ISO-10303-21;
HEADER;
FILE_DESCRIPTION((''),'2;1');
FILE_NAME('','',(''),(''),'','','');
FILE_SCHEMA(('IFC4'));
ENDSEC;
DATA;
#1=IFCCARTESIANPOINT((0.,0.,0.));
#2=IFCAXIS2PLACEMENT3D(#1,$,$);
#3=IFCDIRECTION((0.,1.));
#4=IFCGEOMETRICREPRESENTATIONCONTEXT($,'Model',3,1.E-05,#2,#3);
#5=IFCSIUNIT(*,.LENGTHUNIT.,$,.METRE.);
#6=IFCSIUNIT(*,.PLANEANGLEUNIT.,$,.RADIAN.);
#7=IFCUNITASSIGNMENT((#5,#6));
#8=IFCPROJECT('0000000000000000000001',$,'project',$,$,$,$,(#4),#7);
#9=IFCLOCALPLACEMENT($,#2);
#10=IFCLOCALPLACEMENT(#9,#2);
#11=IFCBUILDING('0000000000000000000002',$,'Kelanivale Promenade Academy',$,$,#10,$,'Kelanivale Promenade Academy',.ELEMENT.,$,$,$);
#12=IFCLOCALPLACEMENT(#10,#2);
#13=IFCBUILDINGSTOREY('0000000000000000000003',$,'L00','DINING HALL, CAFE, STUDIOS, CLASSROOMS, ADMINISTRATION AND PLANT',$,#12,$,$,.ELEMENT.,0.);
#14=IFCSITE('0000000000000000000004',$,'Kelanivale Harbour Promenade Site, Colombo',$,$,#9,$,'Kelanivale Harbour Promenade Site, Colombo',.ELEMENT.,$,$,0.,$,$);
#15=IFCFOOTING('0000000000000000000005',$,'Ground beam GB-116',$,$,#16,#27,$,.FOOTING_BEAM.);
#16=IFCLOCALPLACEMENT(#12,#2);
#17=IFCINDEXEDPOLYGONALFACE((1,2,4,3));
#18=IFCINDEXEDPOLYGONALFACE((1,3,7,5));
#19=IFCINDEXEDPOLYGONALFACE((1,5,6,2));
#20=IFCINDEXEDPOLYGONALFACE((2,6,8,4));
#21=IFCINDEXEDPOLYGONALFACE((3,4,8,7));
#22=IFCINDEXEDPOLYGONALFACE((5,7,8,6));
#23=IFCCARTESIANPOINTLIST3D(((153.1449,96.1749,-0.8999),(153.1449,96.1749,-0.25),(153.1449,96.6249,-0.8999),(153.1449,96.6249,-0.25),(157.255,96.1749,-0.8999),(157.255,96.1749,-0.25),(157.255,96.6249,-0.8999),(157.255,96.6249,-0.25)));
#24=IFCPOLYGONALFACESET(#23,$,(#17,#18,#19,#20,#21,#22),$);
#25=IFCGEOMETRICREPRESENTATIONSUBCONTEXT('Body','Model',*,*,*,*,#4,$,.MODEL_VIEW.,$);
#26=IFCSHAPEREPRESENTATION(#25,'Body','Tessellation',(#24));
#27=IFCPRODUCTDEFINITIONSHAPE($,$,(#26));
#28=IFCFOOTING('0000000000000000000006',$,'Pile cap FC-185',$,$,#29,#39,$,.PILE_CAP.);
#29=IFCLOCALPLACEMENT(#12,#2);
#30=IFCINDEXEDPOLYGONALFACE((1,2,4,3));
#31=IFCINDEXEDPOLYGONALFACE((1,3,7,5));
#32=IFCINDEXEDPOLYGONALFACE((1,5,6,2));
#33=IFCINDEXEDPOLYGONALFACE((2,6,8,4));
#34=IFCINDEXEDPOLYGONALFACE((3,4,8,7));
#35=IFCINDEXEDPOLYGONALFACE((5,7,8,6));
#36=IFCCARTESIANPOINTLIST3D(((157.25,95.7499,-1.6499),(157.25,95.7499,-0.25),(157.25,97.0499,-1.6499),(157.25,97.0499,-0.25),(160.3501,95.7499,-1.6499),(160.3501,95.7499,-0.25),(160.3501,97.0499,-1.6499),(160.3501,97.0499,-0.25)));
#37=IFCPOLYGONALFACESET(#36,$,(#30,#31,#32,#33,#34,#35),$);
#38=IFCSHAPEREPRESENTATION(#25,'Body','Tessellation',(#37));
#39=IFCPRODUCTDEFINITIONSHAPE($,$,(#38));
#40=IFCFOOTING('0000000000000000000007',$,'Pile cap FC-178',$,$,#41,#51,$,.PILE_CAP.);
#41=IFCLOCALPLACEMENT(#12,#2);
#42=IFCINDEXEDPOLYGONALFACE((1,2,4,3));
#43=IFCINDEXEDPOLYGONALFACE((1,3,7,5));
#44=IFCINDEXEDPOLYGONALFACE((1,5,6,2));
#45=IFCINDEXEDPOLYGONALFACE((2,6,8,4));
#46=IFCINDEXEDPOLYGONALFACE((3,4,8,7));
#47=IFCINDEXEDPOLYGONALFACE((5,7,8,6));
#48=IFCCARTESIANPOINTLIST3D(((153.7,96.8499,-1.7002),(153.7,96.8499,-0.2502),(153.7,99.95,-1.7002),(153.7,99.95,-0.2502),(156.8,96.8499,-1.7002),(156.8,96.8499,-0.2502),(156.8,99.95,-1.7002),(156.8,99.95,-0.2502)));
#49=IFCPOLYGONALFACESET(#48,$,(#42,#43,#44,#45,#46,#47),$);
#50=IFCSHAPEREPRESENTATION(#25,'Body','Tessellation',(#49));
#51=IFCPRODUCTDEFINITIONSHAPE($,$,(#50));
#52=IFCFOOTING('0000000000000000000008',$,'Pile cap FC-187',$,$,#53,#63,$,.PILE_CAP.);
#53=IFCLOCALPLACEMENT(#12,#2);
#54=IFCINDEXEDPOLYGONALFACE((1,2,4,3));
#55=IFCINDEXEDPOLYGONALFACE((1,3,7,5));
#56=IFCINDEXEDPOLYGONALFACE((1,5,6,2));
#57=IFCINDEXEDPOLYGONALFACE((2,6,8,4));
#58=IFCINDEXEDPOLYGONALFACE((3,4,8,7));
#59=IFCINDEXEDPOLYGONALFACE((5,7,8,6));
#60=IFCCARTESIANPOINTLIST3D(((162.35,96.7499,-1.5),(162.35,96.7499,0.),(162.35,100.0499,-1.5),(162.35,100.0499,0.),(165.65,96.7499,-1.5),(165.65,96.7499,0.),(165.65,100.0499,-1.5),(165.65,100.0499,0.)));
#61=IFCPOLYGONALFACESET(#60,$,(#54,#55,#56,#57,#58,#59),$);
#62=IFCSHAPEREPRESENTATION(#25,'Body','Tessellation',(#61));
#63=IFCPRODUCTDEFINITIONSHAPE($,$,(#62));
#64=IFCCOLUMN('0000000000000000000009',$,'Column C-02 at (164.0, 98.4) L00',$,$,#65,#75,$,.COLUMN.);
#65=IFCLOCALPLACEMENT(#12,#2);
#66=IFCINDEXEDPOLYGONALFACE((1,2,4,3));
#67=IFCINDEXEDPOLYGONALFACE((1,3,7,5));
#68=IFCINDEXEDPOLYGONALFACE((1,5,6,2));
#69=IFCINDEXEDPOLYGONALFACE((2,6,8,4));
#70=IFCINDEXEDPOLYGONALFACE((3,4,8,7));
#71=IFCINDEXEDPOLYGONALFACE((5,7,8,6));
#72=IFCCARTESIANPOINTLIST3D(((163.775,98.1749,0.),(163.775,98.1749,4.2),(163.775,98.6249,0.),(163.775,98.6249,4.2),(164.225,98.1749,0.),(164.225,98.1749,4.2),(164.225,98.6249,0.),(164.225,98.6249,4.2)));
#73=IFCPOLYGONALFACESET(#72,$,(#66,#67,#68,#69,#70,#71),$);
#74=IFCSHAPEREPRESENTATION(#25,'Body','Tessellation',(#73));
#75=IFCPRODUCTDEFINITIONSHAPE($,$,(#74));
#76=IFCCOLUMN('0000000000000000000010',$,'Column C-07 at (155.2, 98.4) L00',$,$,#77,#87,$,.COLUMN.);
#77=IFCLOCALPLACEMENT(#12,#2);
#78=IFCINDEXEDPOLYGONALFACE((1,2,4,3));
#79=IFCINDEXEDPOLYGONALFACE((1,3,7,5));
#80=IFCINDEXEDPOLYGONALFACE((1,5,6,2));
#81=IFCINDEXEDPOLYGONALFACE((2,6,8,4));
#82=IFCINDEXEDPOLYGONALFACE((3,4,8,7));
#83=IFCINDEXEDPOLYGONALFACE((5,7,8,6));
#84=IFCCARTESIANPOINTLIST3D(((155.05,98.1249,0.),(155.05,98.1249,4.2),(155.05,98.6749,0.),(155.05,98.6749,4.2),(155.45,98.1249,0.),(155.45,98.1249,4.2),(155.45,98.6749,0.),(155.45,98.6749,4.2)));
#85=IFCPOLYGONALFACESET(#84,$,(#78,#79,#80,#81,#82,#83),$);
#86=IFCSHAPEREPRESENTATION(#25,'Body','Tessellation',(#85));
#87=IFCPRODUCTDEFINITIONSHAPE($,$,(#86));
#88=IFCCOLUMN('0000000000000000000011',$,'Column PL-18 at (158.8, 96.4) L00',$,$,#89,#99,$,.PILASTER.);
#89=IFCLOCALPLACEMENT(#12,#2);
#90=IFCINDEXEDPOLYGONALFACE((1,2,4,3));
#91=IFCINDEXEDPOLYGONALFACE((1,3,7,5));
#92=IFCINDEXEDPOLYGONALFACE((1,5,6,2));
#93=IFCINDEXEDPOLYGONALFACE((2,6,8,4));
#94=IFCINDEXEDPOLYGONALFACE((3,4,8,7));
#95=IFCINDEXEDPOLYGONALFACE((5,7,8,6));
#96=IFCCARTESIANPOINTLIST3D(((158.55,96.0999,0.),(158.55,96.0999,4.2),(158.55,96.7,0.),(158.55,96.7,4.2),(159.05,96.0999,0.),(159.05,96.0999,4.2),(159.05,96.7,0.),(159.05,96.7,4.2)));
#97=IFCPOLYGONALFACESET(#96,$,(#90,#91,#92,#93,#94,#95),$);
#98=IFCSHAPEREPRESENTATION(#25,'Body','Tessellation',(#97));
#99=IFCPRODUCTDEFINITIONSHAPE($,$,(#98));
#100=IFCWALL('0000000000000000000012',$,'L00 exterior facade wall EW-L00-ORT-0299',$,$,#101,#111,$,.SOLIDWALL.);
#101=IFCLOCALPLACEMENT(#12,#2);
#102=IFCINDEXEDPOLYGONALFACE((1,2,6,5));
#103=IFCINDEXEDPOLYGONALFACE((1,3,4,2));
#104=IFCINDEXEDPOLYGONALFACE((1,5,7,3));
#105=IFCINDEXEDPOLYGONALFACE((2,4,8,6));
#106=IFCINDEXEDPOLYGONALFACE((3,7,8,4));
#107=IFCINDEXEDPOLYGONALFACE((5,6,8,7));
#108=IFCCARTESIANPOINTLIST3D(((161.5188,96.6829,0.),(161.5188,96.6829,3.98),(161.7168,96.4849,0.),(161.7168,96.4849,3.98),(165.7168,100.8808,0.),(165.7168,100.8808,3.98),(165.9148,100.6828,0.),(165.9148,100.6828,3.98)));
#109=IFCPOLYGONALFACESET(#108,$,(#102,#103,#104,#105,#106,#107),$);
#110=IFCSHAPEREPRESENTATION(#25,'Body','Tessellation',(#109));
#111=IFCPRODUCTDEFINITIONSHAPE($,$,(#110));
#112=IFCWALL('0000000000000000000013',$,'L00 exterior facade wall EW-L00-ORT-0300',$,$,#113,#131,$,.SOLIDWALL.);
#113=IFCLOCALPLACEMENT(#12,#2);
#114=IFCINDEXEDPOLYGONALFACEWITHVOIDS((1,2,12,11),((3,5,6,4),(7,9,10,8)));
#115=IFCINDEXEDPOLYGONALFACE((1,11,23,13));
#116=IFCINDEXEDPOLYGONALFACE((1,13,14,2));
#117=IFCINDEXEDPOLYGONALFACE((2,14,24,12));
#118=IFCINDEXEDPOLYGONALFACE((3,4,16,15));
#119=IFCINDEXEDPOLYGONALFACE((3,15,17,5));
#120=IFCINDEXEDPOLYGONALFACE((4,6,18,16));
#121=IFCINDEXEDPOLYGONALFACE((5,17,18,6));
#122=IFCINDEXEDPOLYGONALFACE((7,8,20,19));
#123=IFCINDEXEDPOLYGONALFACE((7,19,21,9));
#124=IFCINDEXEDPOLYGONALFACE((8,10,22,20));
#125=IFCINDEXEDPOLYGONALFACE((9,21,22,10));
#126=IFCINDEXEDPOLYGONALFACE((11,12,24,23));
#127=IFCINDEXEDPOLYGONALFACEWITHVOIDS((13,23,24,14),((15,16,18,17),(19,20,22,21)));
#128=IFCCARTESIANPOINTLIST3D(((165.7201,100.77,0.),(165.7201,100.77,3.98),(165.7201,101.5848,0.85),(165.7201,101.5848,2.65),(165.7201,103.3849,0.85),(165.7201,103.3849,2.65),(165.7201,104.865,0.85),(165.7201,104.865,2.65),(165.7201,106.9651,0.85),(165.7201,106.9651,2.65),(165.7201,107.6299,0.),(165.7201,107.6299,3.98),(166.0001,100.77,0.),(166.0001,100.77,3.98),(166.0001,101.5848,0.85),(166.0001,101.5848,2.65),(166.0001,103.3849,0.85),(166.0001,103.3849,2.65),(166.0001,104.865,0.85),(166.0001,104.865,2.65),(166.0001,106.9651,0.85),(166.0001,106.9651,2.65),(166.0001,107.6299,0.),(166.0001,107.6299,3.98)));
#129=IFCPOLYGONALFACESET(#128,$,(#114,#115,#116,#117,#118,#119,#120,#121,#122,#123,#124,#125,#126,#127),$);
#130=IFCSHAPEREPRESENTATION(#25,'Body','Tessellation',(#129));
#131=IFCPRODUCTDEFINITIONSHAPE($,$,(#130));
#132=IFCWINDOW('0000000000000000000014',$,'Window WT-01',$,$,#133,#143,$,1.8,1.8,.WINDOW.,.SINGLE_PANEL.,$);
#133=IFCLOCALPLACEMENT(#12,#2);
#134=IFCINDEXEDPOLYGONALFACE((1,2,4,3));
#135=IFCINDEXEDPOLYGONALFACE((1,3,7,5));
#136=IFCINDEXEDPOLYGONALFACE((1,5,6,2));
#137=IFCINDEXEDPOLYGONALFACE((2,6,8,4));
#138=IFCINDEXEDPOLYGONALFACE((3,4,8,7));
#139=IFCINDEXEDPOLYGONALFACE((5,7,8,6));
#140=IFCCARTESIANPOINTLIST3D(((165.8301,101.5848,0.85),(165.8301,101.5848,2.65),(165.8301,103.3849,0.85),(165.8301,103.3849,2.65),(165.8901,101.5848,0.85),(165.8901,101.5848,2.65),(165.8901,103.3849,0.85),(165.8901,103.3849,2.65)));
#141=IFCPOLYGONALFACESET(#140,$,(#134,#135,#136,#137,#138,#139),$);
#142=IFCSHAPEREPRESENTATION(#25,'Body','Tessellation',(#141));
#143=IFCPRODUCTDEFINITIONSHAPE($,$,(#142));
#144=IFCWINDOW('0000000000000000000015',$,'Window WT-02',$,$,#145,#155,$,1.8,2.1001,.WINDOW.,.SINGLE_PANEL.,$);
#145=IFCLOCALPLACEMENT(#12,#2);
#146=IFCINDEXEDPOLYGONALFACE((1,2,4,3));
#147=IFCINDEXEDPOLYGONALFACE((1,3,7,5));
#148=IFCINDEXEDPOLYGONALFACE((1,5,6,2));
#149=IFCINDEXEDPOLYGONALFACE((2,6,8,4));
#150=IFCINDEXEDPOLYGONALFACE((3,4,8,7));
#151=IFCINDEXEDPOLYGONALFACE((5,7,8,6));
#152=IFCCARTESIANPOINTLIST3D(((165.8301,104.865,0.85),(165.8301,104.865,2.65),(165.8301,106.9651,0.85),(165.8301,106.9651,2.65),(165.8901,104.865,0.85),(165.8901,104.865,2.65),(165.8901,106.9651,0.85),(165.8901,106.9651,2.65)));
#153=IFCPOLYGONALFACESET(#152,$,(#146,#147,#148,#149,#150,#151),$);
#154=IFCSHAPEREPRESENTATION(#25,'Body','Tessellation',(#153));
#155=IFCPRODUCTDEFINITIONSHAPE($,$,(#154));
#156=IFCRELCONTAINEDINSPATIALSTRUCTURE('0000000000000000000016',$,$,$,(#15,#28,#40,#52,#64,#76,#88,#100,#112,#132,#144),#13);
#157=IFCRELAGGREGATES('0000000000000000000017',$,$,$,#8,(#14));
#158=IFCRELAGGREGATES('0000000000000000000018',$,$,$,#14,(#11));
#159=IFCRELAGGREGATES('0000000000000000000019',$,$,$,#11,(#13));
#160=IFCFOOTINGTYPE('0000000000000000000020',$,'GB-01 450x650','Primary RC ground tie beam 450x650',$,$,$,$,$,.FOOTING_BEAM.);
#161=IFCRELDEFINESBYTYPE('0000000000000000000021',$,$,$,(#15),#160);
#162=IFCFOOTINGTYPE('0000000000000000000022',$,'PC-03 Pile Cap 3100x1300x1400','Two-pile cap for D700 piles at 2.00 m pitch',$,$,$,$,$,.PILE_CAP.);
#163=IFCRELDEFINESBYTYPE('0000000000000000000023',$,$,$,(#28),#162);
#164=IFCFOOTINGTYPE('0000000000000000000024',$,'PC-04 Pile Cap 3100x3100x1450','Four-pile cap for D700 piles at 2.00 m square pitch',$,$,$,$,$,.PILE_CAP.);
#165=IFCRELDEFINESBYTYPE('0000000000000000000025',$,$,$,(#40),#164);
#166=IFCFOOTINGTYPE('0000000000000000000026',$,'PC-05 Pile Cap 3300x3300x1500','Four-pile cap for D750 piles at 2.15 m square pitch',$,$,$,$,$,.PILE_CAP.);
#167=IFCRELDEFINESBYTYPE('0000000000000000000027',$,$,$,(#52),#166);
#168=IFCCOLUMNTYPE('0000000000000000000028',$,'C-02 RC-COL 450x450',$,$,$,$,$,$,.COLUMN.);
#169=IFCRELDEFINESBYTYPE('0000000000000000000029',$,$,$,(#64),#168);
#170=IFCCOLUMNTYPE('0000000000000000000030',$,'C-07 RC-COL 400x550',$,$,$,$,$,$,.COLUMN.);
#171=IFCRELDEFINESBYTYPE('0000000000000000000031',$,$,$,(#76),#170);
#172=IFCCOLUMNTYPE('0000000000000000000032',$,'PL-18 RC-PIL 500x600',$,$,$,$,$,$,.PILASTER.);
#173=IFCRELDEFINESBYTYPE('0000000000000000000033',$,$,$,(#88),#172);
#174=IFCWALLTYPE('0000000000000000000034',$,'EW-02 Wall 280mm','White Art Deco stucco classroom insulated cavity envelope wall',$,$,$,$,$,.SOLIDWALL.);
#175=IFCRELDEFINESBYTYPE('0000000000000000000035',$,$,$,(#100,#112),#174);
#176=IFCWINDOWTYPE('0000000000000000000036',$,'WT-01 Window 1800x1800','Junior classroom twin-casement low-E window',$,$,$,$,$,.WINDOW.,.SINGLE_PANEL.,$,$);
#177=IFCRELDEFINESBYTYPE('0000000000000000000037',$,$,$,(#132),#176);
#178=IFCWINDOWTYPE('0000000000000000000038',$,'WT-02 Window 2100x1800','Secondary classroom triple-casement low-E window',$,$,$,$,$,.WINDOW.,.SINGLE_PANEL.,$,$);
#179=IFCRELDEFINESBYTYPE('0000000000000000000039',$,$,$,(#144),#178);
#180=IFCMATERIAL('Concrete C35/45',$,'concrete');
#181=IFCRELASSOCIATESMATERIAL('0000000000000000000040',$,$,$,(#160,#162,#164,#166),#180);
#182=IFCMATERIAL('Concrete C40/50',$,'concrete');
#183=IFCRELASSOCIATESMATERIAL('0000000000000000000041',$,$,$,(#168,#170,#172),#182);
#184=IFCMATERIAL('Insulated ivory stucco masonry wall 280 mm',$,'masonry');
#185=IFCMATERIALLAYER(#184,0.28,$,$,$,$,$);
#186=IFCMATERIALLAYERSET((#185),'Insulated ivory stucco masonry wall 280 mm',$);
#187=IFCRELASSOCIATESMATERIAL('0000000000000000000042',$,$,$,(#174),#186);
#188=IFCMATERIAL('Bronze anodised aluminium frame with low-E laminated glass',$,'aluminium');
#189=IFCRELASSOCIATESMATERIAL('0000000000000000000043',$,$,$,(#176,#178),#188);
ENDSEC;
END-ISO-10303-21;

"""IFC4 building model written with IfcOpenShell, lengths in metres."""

from ifc_helpers import new_model, si_unit, direction, frame, frame_2d, origin, origin_2d, place, context, subcontext, project, spatial, rectangle, extrude, material, layer, layer_set, material_profile, profile_set, type_object, element, fill, save


model = new_model("IFC4")

# Units and contexts
model_context = context("Model", 3, precision=1e-05, world=origin(), true_north=direction((0.0, 1.0)))
body_context = subcontext(model_context, "Body", "Model", "MODEL_VIEW")
ifc_project = project(units=[si_unit("LENGTHUNIT", "METRE"), si_unit("PLANEANGLEUNIT", "RADIAN")], contexts=[model_context])

# Site, building, storey
site_placement = place(None, origin())
site = spatial("IfcSite", under=ifc_project, at=site_placement, Name="Kelanivale Harbour Promenade Site, Colombo", LongName="Kelanivale Harbour Promenade Site, Colombo", CompositionType="ELEMENT", RefElevation=0.0)
building_placement = place(site_placement, origin())
building = spatial("IfcBuilding", under=site, at=building_placement, Name="Kelanivale Promenade Academy", LongName="Kelanivale Promenade Academy", CompositionType="ELEMENT")
storey_placement = place(building_placement, origin())
storey = spatial("IfcBuildingStorey", under=building, at=storey_placement, Name="L00", Description="DINING HALL, CAFE, STUDIOS, CLASSROOMS, ADMINISTRATION AND PLANT", CompositionType="ELEMENT", Elevation=0.0)

# Shared definitions
ifc_material_1 = material(Name="Concrete C35/45", Category="concrete")

# Footings
footing_type_1 = type_object("IfcFootingType", Name="GB-01 450x650", Description="Primary RC ground tie beam 450x650", PredefinedType="FOOTING_BEAM", material=ifc_material_1)
footing_1_placement = place(storey_placement, frame((155.2, 96.3999, -0.8999), z_axis=(0.0, 0.0, 1.0), x_axis=(1.0, 0.0, 0.0)))
element("IfcFooting", 1, at=footing_1_placement, inside=storey, type_object=footing_type_1, Name="Ground beam GB-116", PredefinedType="FOOTING_BEAM", context=body_context, shape_type="SweptSolid", body=[
    extrude(rectangle(XDim=4.1101, YDim=0.45, at=origin_2d()), origin(), (0.0, 0.0, 1.0), 0.6499),
])
footing_type_2 = type_object("IfcFootingType", Name="PC-03 Pile Cap 3100x1300x1400", Description="Two-pile cap for D700 piles at 2.00 m pitch", PredefinedType="PILE_CAP", material=ifc_material_1)
footing_2_placement = place(storey_placement, frame((158.8, 96.3999, -1.6499), z_axis=(0.0, 0.0, 1.0), x_axis=(1.0, 0.0, 0.0)))
element("IfcFooting", 2, at=footing_2_placement, inside=storey, type_object=footing_type_2, Name="Pile cap FC-185", PredefinedType="PILE_CAP", context=body_context, shape_type="SweptSolid", body=[
    extrude(rectangle(XDim=3.1001, YDim=1.3, at=origin_2d()), origin(), (0.0, 0.0, 1.0), 1.3999),
])
footing_type_3 = type_object("IfcFootingType", Name="PC-04 Pile Cap 3100x3100x1450", Description="Four-pile cap for D700 piles at 2.00 m square pitch", PredefinedType="PILE_CAP", material=ifc_material_1)
footing_3_placement = place(storey_placement, frame((155.25, 98.3999, -1.7002), z_axis=(0.0, 0.0, 1.0), x_axis=(1.0, 0.0, 0.0)))
element("IfcFooting", 3, at=footing_3_placement, inside=storey, type_object=footing_type_3, Name="Pile cap FC-178", PredefinedType="PILE_CAP", context=body_context, shape_type="SweptSolid", body=[
    extrude(rectangle(XDim=3.1001, YDim=3.1001, at=origin_2d()), origin(), (0.0, 0.0, 1.0), 1.45),
])
footing_type_4 = type_object("IfcFootingType", Name="PC-05 Pile Cap 3300x3300x1500", Description="Four-pile cap for D750 piles at 2.15 m square pitch", PredefinedType="PILE_CAP", material=ifc_material_1)
footing_4_placement = place(storey_placement, frame((164.0, 98.3999, -1.5), z_axis=(0.0, 0.0, 1.0), x_axis=(1.0, 0.0, 0.0)))
element("IfcFooting", 4, at=footing_4_placement, inside=storey, type_object=footing_type_4, Name="Pile cap FC-187", PredefinedType="PILE_CAP", context=body_context, shape_type="SweptSolid", body=[
    extrude(rectangle(XDim=3.3, YDim=3.3, at=origin_2d()), origin(), (0.0, 0.0, 1.0), 1.5),
])

# Columns
ifc_material_2 = material(Name="Concrete C40/50", Category="concrete")
ifc_material_profile_1 = material_profile(ifc_material_2, rectangle(XDim=0.45, YDim=0.45, at=origin_2d()), Name="RC-COL 450x450")
ifc_profile_set_1 = profile_set([ifc_material_profile_1], Name="Concrete C40/50")
column_type_1 = type_object("IfcColumnType", Name="C-02 RC-COL 450x450", PredefinedType="COLUMN", material=ifc_profile_set_1)
column_1_placement = place(storey_placement, frame((164.0, 98.3999, 0.0), z_axis=(0.0, 0.0, 1.0), x_axis=(1.0, 0.0, 0.0)))
element("IfcColumn", 5, at=column_1_placement, inside=storey, type_object=column_type_1, Name="Column C-02 at (164.0, 98.4) L00", PredefinedType="COLUMN", context=body_context, shape_type="SweptSolid", body=[
    extrude(rectangle(XDim=0.45, YDim=0.45, at=origin_2d()), origin(), (0.0, 0.0, 1.0), 4.2),
])
ifc_material_profile_2 = material_profile(ifc_material_2, rectangle(XDim=0.3999, YDim=0.55, at=origin_2d()), Name="RC-COL 400x550")
ifc_profile_set_2 = profile_set([ifc_material_profile_2], Name="Concrete C40/50")
column_type_2 = type_object("IfcColumnType", Name="C-07 RC-COL 400x550", PredefinedType="COLUMN", material=ifc_profile_set_2)
column_2_placement = place(storey_placement, frame((155.25, 98.3999, 0.0), z_axis=(0.0, 0.0, 1.0), x_axis=(1.0, 0.0, 0.0)))
element("IfcColumn", 6, at=column_2_placement, inside=storey, type_object=column_type_2, Name="Column C-07 at (155.2, 98.4) L00", PredefinedType="COLUMN", context=body_context, shape_type="SweptSolid", body=[
    extrude(rectangle(XDim=0.3999, YDim=0.55, at=origin_2d()), origin(), (0.0, 0.0, 1.0), 4.2),
])
ifc_material_profile_3 = material_profile(ifc_material_2, rectangle(XDim=0.5, YDim=0.6001, at=origin_2d()), Name="RC-PIL 500x600")
ifc_profile_set_3 = profile_set([ifc_material_profile_3], Name="Concrete C40/50")
column_type_3 = type_object("IfcColumnType", Name="PL-18 RC-PIL 500x600", PredefinedType="PILASTER", material=ifc_profile_set_3)
column_3_placement = place(storey_placement, frame((158.8, 96.3999, 0.0), z_axis=(0.0, 0.0, 1.0), x_axis=(1.0, 0.0, 0.0)))
element("IfcColumn", 7, at=column_3_placement, inside=storey, type_object=column_type_3, Name="Column PL-18 at (158.8, 96.4) L00", PredefinedType="PILASTER", context=body_context, shape_type="SweptSolid", body=[
    extrude(rectangle(XDim=0.5, YDim=0.6001, at=origin_2d()), origin(), (0.0, 0.0, 1.0), 4.2),
])

# Wall
ifc_material_3 = material(Name="Insulated ivory stucco masonry wall 280 mm", Category="masonry")
ifc_layer_1 = layer(ifc_material_3, 0.28)
ifc_layer_set_1 = layer_set([ifc_layer_1], Name="Insulated ivory stucco masonry wall 280 mm")
wall_type_1 = type_object("IfcWallType", Name="EW-02 Wall 280mm", Description="White Art Deco stucco classroom insulated cavity envelope wall", PredefinedType="SOLIDWALL", material=ifc_layer_set_1)
wall_1_placement = place(storey_placement, frame((161.6179, 96.584, 0.0), z_axis=(0.0, 0.0, 1.0), x_axis=(0.707107, 0.707107, 0.0)))
element("IfcWall", 8, at=wall_1_placement, inside=storey, type_object=wall_type_1, Name="L00 exterior facade wall EW-L00-ORT-0299", PredefinedType="SOLIDWALL", context=body_context, shape_type="SweptSolid", body=[
    extrude(rectangle(XDim=5.9368, YDim=0.28, at=frame_2d((2.9683, 0.0))), origin(), (0.0, 0.0, 1.0), 3.98),
])

# Wall, openings, windows
wall_2_placement = place(storey_placement, frame((165.8601, 100.77, 0.0), z_axis=(0.0, 0.0, 1.0), x_axis=(0.0, 1.0, 0.0)))
wall_2 = element("IfcWall", 9, at=wall_2_placement, inside=storey, type_object=wall_type_1, Name="L00 exterior facade wall EW-L00-ORT-0300", PredefinedType="SOLIDWALL", context=body_context, shape_type="SweptSolid", body=[
    extrude(rectangle(XDim=6.8599, YDim=0.28, at=frame_2d((3.4299, 0.0))), origin(), (0.0, 0.0, 1.0), 3.98),
])
opening_1_placement = place(wall_2_placement, frame((0.8149, 0.0, 0.8501)))
opening_1 = element("IfcOpeningElement", 10, at=opening_1_placement, cuts=wall_2, PredefinedType="OPENING", context=body_context, shape_type="SweptSolid", body=[
    extrude(rectangle(XDim=1.8, YDim=1.8, at=frame_2d((0.8999, 0.8999))), frame((0.0, 0.1499, 0.0), z_axis=(0.0, -1.0, 0.0), x_axis=(1.0, 0.0, 0.0)), (0.0, 0.0, 1.0), 0.3),
])
opening_2_placement = place(wall_2_placement, frame((4.095, 0.0, 0.8501)))
opening_2 = element("IfcOpeningElement", 11, at=opening_2_placement, cuts=wall_2, PredefinedType="OPENING", context=body_context, shape_type="SweptSolid", body=[
    extrude(rectangle(XDim=2.1001, YDim=1.8, at=frame_2d((1.05, 0.8999))), frame((0.0, 0.1499, 0.0), z_axis=(0.0, -1.0, 0.0), x_axis=(1.0, 0.0, 0.0)), (0.0, 0.0, 1.0), 0.3),
])
ifc_material_4 = material(Name="Bronze anodised aluminium frame with low-E laminated glass", Category="aluminium")
window_type_1 = type_object("IfcWindowType", Name="WT-01 Window 1800x1800", Description="Junior classroom twin-casement low-E window", PartitioningType="SINGLE_PANEL", PredefinedType="WINDOW", material=ifc_material_4)
window_1_placement = place(opening_1_placement, origin())
window_1 = element("IfcWindow", 12, at=window_1_placement, inside=storey, type_object=window_type_1, Name="Window WT-01", OverallHeight=1.8, OverallWidth=1.8, PartitioningType="SINGLE_PANEL", PredefinedType="WINDOW", context=body_context, shape_type="SweptSolid", body=[
    extrude(rectangle(XDim=1.8, YDim=1.8, at=frame_2d((0.8999, 0.8999))), frame((0.0, 0.03, 0.0), z_axis=(0.0, -1.0, 0.0), x_axis=(1.0, 0.0, 0.0)), (0.0, 0.0, 1.0), 0.0601),
])
fill(opening_1, window_1)
window_type_2 = type_object("IfcWindowType", Name="WT-02 Window 2100x1800", Description="Secondary classroom triple-casement low-E window", PartitioningType="SINGLE_PANEL", PredefinedType="WINDOW", material=ifc_material_4)
window_2_placement = place(opening_2_placement, origin())
window_2 = element("IfcWindow", 13, at=window_2_placement, inside=storey, type_object=window_type_2, Name="Window WT-02", OverallHeight=1.8, OverallWidth=2.1001, PartitioningType="SINGLE_PANEL", PredefinedType="WINDOW", context=body_context, shape_type="SweptSolid", body=[
    extrude(rectangle(XDim=2.1001, YDim=1.8, at=frame_2d((1.05, 0.8999))), frame((0.0, 0.03, 0.0), z_axis=(0.0, -1.0, 0.0), x_axis=(1.0, 0.0, 0.0)), (0.0, 0.0, 1.0), 0.0601),
])
fill(opening_2, window_2)

save(model, "model.ifc")
